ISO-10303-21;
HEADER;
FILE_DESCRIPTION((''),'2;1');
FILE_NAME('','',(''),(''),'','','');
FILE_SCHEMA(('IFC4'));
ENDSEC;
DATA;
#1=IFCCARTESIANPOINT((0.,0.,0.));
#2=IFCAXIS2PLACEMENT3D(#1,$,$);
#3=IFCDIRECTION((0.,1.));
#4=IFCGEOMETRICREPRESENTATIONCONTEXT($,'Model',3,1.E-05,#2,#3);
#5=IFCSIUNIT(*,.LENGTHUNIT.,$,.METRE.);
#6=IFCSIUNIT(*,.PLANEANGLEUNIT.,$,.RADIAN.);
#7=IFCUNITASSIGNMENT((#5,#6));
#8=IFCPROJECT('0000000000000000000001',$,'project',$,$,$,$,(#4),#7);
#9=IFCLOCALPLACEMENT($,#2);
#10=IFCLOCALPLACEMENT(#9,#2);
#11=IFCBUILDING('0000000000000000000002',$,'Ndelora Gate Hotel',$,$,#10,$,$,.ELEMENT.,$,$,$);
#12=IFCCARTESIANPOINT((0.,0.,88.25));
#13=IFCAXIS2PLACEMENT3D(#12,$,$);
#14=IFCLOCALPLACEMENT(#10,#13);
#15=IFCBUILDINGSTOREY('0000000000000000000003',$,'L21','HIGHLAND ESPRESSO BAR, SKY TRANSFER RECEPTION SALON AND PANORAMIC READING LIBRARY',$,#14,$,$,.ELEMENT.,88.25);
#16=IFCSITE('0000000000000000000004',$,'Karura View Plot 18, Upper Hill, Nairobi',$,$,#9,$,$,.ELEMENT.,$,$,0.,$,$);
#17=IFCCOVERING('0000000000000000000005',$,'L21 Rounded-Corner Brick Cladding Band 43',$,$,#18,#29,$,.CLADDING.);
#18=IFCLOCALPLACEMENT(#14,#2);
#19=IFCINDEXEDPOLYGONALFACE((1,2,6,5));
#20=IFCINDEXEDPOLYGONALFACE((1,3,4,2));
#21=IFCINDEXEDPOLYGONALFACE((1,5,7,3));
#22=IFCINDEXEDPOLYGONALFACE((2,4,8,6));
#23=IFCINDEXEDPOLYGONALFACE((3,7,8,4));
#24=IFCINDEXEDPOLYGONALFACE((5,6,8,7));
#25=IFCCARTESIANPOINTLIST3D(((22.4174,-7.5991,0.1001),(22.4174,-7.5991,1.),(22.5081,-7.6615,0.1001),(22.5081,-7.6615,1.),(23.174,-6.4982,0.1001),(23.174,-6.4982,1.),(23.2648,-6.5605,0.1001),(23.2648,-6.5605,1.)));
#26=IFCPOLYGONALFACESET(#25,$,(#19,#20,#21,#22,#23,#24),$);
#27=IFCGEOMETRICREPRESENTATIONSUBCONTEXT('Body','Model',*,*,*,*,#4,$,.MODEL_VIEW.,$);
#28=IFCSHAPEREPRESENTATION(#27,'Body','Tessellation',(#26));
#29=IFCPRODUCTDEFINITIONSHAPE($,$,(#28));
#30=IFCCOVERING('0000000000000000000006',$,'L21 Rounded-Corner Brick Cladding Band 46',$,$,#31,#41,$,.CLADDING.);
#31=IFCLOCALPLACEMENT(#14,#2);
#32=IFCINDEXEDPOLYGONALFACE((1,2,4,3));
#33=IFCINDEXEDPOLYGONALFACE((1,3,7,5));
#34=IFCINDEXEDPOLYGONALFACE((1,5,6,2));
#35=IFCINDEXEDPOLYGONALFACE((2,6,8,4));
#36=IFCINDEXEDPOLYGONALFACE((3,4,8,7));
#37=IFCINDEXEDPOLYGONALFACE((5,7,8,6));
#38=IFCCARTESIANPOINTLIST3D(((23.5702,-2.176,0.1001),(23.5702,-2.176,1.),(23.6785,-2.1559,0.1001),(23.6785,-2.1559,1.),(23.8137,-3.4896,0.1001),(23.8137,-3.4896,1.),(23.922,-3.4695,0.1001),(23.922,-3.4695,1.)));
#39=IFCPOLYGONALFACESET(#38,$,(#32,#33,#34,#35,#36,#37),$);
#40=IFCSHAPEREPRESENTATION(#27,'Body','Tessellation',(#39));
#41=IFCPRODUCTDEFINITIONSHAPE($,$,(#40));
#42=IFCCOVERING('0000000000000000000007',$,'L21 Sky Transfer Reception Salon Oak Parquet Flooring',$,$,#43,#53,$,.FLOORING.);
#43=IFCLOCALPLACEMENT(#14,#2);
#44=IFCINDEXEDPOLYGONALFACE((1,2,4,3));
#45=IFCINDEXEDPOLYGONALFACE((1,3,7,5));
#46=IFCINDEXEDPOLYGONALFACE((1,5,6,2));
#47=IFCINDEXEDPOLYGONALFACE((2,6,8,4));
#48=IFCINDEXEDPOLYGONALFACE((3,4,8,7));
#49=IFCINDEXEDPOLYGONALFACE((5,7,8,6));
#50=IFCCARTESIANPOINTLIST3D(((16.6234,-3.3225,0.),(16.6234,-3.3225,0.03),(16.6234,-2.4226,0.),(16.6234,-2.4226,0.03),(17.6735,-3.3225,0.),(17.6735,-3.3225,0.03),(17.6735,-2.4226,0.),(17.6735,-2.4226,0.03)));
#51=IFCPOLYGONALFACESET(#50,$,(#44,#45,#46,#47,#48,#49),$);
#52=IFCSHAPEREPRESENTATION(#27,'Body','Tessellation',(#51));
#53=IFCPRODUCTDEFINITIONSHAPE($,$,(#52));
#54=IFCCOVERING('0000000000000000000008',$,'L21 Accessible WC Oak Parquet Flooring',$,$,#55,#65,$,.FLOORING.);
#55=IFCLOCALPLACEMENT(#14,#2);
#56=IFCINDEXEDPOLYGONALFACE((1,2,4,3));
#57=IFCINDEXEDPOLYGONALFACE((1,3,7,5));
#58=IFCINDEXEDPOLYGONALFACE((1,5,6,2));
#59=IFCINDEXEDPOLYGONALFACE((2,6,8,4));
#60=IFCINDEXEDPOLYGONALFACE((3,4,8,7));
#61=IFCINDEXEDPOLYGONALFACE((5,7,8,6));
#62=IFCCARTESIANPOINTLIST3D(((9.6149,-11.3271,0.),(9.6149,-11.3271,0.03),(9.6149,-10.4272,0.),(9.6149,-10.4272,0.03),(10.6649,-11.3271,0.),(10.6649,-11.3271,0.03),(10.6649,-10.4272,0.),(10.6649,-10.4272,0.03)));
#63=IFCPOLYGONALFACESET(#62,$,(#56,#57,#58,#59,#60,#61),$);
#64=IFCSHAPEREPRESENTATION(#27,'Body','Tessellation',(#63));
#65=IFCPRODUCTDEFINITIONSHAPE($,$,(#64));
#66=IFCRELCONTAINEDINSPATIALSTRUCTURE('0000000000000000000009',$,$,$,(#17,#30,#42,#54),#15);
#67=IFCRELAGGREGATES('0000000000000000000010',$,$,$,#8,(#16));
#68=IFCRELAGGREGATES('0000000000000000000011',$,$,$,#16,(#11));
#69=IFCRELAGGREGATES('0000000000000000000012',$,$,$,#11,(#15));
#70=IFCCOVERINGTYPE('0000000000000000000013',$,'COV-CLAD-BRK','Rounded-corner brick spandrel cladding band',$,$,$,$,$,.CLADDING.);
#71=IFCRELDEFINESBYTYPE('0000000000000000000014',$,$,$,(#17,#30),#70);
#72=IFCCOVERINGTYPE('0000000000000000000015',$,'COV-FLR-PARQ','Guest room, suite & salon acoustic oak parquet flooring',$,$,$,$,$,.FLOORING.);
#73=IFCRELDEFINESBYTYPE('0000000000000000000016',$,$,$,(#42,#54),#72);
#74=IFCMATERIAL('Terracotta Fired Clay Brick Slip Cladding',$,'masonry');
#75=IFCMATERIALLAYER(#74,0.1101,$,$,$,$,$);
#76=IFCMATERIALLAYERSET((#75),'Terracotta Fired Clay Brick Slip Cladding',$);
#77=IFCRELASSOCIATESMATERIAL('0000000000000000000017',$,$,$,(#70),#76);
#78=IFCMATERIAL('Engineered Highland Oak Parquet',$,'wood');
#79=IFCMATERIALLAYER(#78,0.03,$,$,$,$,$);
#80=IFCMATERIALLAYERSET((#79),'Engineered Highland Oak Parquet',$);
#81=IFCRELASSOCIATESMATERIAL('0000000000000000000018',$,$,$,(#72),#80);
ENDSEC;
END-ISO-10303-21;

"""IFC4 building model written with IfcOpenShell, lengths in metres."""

from ifc_helpers import new_model, si_unit, direction, frame, origin, origin_2d, place, context, subcontext, project, spatial, rectangle, extrude, material, layer, layer_set, type_object, element, save


model = new_model("IFC4")

# Units and contexts
model_context = context("Model", 3, precision=1e-05, world=origin(), true_north=direction((0.0, 1.0)))
body_context = subcontext(model_context, "Body", "Model", "MODEL_VIEW")
ifc_project = project(units=[si_unit("LENGTHUNIT", "METRE"), si_unit("PLANEANGLEUNIT", "RADIAN")], contexts=[model_context])

# Site, building, storey
site_placement = place(None, origin())
site = spatial("IfcSite", under=ifc_project, at=site_placement, Name="Karura View Plot 18, Upper Hill, Nairobi", CompositionType="ELEMENT", RefElevation=0.0)
building_placement = place(site_placement, origin())
building = spatial("IfcBuilding", under=site, at=building_placement, Name="Ndelora Gate Hotel", CompositionType="ELEMENT")
storey_placement = place(building_placement, frame((0.0, 0.0, 88.25)))
storey = spatial("IfcBuildingStorey", under=building, at=storey_placement, Name="L21", Description="HIGHLAND ESPRESSO BAR, SKY TRANSFER RECEPTION SALON AND PANORAMIC READING LIBRARY", CompositionType="ELEMENT", Elevation=88.25)

# Coverings
ifc_material_1 = material(Name="Terracotta Fired Clay Brick Slip Cladding", Category="masonry")
ifc_layer_1 = layer(ifc_material_1, 0.1101)
ifc_layer_set_1 = layer_set([ifc_layer_1], Name="Terracotta Fired Clay Brick Slip Cladding")
covering_type_1 = type_object("IfcCoveringType", Name="COV-CLAD-BRK", Description="Rounded-corner brick spandrel cladding band", PredefinedType="CLADDING", material=ifc_layer_set_1)
for number, where, z_axis, x_axis, name in (
    (1, (22.8411, -7.0798, 0.1001), (0.0, 0.0, 1.0), (0.566406, 0.824126, 0.0), "L21 Rounded-Corner Brick Cladding Band 43"),
    (2, (23.7461, -2.8228, 0.1001), (0.0, 0.0, 1.0), (-0.182236, 0.983255, 0.0), "L21 Rounded-Corner Brick Cladding Band 46"),
):
    element("IfcCovering", number, at=place(storey_placement, frame(where, z_axis=z_axis, x_axis=x_axis)), inside=storey, type_object=covering_type_1, Name=name, PredefinedType="CLADDING", context=body_context, shape_type="SweptSolid", body=[
        extrude(rectangle(XDim=1.3359, YDim=0.1101, at=origin_2d()), origin(), (0.0, 0.0, 1.0), 0.8999),
    ])
ifc_material_2 = material(Name="Engineered Highland Oak Parquet", Category="wood")
ifc_layer_2 = layer(ifc_material_2, 0.03)
ifc_layer_set_2 = layer_set([ifc_layer_2], Name="Engineered Highland Oak Parquet")
covering_type_2 = type_object("IfcCoveringType", Name="COV-FLR-PARQ", Description="Guest room, suite & salon acoustic oak parquet flooring", PredefinedType="FLOORING", material=ifc_layer_set_2)
for number, where, z_axis, x_axis, name in (
    (3, (17.1484, -2.8726, 0.0), (0.0, 0.0, 1.0), (1.0, 0.0, 0.0), "L21 Sky Transfer Reception Salon Oak Parquet Flooring"),
    (4, (10.1399, -10.8772, 0.0), (0.0, 0.0, 1.0), (1.0, 0.0, 0.0), "L21 Accessible WC Oak Parquet Flooring"),
):
    element("IfcCovering", number, at=place(storey_placement, frame(where, z_axis=z_axis, x_axis=x_axis)), inside=storey, type_object=covering_type_2, Name=name, PredefinedType="FLOORING", context=body_context, shape_type="SweptSolid", body=[
        extrude(rectangle(XDim=1.05, YDim=0.8999, at=origin_2d()), origin(), (0.0, 0.0, 1.0), 0.03),
    ])

save(model, "model.ifc")
